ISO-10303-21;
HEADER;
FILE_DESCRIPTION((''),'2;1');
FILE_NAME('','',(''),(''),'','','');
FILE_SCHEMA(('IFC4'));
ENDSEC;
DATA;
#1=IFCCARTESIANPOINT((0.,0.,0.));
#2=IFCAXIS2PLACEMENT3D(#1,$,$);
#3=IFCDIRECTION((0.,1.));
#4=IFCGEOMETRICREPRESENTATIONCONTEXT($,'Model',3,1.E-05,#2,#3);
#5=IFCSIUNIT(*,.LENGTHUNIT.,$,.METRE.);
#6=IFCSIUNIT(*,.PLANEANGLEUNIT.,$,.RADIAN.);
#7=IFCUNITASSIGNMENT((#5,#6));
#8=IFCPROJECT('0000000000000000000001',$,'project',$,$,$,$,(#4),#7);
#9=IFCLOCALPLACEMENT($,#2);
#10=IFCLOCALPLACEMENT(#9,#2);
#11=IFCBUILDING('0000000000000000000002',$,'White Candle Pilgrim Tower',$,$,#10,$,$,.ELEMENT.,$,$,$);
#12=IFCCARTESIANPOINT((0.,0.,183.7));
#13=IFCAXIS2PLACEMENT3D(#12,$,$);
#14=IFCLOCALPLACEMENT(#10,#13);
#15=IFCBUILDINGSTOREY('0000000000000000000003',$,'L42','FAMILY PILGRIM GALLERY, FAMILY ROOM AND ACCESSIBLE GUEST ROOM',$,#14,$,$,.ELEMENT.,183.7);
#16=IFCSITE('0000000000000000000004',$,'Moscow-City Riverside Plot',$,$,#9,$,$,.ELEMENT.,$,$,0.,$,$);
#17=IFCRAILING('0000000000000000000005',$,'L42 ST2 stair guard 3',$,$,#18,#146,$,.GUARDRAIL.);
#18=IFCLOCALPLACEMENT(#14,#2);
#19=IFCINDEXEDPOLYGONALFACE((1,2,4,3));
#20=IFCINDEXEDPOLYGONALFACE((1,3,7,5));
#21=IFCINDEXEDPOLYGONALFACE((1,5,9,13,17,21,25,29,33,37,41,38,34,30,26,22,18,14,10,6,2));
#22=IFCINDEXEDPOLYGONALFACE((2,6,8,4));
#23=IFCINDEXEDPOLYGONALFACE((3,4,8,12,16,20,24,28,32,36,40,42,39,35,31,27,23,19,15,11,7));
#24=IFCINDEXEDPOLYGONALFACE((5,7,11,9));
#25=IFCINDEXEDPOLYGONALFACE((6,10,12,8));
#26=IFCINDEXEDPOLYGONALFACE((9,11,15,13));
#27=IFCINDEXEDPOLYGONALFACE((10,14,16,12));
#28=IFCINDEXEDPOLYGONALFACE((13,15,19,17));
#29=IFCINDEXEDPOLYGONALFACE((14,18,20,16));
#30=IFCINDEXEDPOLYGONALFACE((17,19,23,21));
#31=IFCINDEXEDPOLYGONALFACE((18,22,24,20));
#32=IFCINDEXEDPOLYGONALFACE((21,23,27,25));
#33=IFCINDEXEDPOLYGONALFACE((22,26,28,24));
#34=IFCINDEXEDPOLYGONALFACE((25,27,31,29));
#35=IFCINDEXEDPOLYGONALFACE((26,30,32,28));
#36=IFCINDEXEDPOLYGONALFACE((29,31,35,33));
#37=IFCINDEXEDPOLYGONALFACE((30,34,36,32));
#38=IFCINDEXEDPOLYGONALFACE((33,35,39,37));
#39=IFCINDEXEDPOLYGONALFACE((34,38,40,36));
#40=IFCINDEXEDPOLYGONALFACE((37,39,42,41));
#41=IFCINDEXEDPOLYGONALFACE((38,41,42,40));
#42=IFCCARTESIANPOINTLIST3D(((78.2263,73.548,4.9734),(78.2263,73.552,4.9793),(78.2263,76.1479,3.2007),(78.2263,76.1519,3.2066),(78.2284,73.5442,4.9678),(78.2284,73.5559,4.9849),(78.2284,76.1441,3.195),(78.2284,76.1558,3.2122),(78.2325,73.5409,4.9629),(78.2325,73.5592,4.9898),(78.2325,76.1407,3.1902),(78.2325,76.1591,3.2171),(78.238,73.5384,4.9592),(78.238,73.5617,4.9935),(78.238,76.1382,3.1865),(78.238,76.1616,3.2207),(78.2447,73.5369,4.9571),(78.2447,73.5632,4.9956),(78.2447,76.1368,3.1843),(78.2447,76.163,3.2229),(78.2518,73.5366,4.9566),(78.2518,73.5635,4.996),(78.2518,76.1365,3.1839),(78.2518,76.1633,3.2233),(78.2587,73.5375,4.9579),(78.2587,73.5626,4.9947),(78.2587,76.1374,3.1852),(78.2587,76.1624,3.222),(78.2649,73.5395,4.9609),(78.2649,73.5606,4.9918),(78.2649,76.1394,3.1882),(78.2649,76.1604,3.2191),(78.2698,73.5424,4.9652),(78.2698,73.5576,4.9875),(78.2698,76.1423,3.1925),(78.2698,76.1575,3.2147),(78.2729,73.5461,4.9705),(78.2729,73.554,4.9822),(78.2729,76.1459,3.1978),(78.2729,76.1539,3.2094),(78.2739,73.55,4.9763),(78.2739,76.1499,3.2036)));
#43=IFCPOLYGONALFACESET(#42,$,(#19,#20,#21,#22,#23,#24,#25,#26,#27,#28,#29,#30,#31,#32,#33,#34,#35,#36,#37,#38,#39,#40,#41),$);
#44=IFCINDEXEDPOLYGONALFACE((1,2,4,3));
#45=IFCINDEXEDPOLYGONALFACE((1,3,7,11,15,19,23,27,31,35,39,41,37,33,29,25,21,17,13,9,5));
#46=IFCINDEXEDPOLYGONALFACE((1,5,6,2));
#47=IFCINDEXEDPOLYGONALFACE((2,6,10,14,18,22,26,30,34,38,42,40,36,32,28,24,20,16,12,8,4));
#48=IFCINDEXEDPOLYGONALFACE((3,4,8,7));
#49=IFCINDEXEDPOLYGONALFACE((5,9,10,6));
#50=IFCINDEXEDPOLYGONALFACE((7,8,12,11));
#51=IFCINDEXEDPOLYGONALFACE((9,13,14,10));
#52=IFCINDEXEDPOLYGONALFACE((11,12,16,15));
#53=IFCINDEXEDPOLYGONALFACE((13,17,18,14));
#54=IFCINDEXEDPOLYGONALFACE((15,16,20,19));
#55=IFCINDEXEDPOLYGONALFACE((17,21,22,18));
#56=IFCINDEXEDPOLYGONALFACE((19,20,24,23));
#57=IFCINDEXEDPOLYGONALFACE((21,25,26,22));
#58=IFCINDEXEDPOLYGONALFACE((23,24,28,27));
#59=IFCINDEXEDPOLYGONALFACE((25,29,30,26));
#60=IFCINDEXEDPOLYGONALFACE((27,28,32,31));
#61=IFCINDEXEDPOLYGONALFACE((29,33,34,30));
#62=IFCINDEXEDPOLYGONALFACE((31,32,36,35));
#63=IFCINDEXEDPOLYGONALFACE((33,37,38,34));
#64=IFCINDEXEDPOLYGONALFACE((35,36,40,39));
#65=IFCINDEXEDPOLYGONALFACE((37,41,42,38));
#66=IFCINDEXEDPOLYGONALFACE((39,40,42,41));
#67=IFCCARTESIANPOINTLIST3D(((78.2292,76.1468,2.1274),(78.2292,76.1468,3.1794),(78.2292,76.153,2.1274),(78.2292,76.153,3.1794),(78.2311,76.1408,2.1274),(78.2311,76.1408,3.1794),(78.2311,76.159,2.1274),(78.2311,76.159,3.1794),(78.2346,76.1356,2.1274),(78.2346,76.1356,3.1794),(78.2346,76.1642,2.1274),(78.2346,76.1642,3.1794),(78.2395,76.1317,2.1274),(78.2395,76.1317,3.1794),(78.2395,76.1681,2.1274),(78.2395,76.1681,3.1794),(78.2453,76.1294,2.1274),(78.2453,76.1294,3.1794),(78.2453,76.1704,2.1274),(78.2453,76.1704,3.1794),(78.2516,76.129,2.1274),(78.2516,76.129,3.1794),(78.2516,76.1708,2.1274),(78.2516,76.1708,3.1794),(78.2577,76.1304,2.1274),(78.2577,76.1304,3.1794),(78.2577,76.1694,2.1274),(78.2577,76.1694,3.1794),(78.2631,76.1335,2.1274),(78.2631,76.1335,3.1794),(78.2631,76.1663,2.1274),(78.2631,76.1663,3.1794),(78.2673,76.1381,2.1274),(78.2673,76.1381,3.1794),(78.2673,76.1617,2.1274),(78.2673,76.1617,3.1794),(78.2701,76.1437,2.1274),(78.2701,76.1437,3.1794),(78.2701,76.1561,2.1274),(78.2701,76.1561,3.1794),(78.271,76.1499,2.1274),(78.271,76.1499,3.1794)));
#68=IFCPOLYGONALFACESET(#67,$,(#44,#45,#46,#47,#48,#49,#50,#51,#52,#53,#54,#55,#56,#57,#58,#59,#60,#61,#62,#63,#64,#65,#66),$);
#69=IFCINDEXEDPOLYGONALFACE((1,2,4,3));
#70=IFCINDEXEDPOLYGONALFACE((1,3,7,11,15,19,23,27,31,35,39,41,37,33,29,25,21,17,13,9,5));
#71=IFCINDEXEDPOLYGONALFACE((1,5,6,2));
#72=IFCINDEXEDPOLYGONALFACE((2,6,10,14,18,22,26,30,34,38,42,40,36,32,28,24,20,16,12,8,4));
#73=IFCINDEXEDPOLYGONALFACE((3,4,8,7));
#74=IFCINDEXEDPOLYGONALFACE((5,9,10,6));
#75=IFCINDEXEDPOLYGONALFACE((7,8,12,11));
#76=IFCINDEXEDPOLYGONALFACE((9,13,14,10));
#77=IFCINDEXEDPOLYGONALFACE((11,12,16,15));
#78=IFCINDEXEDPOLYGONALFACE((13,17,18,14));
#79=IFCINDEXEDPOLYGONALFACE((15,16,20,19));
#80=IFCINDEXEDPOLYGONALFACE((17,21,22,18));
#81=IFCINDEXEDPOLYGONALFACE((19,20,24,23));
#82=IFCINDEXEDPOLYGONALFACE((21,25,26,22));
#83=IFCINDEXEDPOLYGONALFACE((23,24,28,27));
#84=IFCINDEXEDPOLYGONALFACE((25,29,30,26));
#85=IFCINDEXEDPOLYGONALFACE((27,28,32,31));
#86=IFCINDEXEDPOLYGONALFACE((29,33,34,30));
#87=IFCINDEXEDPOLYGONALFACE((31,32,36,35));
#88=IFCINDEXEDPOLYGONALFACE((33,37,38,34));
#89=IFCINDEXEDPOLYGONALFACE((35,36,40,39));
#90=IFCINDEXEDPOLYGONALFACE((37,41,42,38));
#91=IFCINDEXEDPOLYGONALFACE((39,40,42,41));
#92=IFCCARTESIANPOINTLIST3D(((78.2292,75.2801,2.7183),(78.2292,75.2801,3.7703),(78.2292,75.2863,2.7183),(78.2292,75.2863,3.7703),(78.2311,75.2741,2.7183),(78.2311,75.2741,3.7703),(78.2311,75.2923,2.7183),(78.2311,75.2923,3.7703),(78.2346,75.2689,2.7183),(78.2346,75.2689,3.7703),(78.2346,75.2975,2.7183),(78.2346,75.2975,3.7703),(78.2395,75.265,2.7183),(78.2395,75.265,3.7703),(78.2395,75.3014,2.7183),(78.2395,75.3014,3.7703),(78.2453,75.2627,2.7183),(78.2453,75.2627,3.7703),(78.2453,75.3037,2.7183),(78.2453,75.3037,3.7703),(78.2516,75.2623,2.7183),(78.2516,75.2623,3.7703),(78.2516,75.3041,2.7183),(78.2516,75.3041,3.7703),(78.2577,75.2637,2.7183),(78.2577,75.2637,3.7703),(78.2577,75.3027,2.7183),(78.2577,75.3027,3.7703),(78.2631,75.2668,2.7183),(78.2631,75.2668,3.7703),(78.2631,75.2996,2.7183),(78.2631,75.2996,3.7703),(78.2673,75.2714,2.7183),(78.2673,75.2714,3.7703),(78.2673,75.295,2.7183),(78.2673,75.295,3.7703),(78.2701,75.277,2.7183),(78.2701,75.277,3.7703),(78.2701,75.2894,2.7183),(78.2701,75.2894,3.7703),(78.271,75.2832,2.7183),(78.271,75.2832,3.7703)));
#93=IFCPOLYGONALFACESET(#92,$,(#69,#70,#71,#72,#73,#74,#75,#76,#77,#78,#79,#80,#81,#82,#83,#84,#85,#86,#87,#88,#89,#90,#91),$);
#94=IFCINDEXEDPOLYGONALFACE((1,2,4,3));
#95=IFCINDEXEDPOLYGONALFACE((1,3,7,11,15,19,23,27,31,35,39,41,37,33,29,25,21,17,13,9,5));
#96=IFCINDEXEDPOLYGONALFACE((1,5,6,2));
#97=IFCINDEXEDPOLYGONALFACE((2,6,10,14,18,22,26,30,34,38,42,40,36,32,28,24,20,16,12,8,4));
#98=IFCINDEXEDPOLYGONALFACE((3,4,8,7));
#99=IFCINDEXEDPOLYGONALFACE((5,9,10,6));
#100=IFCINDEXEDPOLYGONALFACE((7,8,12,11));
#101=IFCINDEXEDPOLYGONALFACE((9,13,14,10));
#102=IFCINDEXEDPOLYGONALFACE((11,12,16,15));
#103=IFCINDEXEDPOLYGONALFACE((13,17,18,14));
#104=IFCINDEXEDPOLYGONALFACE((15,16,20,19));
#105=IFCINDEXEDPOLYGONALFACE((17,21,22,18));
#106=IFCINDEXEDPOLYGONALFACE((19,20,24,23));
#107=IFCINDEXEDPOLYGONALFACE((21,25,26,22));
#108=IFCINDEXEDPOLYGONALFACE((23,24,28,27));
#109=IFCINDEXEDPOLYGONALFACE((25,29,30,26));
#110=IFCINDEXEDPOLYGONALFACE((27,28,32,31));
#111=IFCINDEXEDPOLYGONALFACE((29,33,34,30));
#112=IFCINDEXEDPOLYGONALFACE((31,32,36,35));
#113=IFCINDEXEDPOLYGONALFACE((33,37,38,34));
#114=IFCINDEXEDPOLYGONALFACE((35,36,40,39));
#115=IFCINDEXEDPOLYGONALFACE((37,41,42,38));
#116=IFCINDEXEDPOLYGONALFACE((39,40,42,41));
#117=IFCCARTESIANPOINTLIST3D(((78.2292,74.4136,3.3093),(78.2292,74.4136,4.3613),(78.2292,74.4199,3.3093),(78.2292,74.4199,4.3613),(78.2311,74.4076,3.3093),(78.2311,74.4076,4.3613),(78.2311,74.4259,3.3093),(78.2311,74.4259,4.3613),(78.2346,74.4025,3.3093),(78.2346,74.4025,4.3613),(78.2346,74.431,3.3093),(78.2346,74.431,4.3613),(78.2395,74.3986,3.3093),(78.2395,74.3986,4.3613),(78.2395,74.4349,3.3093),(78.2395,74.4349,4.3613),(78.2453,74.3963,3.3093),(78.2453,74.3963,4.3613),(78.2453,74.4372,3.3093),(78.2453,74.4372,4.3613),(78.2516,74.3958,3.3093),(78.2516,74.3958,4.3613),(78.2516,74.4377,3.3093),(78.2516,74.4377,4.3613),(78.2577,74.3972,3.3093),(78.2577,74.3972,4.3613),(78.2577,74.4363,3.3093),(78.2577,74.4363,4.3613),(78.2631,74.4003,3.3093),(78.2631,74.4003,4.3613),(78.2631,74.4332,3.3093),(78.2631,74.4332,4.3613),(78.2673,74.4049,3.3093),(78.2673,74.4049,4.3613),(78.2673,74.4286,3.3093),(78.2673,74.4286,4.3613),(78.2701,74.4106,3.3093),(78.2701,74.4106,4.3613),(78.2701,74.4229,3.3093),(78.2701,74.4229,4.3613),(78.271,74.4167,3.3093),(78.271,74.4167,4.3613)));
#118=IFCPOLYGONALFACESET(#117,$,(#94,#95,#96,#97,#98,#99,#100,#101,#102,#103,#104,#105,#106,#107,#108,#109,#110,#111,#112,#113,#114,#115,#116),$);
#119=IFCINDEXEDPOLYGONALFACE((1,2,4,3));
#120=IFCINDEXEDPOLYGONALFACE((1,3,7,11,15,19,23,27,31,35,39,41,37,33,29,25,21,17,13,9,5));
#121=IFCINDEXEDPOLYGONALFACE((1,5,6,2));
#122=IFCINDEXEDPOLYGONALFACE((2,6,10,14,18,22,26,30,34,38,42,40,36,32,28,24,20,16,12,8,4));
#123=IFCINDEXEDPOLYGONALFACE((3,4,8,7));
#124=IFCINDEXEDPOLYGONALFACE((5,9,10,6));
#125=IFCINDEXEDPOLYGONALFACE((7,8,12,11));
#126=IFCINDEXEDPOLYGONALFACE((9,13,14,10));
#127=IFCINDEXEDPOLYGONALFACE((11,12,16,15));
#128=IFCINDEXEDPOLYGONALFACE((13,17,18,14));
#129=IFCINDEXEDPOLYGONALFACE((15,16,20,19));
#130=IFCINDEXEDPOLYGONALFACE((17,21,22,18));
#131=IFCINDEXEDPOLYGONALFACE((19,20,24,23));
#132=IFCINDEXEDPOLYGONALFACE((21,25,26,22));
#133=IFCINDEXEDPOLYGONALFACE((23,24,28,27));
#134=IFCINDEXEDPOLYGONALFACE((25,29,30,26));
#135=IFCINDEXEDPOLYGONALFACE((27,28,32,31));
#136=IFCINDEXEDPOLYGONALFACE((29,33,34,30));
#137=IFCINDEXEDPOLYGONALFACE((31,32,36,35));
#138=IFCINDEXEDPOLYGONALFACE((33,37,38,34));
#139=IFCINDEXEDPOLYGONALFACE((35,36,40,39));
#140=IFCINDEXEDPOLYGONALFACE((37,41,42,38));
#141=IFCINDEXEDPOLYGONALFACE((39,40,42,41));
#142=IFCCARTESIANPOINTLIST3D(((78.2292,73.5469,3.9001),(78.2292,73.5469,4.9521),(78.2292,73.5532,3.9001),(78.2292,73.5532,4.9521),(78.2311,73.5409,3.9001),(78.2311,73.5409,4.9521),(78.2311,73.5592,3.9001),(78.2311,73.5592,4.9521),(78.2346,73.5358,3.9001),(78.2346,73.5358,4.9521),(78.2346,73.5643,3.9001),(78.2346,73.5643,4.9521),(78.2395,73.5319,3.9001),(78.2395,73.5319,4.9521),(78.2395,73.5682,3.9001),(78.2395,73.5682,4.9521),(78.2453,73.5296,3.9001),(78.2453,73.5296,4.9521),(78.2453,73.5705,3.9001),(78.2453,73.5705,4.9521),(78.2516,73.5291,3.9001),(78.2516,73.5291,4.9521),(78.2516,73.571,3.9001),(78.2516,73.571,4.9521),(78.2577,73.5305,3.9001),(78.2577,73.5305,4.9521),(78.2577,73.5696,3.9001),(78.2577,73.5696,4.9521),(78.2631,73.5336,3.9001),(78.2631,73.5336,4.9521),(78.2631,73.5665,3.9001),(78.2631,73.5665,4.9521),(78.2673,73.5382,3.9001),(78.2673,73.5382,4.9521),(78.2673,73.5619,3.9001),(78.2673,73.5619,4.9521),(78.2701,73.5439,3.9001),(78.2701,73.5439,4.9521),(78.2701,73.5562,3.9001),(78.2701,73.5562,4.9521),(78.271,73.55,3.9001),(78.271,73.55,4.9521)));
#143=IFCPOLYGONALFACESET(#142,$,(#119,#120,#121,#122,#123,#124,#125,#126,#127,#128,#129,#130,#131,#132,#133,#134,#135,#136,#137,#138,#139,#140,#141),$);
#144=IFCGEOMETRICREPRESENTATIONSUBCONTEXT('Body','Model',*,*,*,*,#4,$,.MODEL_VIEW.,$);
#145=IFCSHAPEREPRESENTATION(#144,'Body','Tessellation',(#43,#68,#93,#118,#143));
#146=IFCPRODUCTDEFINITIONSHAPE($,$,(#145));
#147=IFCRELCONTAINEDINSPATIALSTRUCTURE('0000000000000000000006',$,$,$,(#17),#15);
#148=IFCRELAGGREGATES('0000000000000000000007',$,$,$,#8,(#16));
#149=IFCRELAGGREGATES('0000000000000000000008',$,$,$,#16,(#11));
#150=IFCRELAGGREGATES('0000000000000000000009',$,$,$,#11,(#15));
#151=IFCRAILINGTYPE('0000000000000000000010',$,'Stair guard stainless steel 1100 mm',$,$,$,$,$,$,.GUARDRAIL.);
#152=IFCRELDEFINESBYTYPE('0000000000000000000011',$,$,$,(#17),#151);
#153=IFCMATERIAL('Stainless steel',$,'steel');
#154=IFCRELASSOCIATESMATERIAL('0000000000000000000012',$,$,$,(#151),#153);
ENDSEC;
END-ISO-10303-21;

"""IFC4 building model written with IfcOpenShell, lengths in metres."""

from ifc_helpers import new_model, si_unit, direction, frame, origin, origin_2d, place, context, subcontext, project, spatial, circle, extrude, material, type_object, element, save


model = new_model("IFC4")

# Units and contexts
model_context = context("Model", 3, precision=1e-05, world=origin(), true_north=direction((0.0, 1.0)))
body_context = subcontext(model_context, "Body", "Model", "MODEL_VIEW")
ifc_project = project(units=[si_unit("LENGTHUNIT", "METRE"), si_unit("PLANEANGLEUNIT", "RADIAN")], contexts=[model_context])

# Site, building, storey
site_placement = place(None, origin())
site = spatial("IfcSite", under=ifc_project, at=site_placement, Name="Moscow-City Riverside Plot", CompositionType="ELEMENT", RefElevation=0.0)
building_placement = place(site_placement, origin())
building = spatial("IfcBuilding", under=site, at=building_placement, Name="White Candle Pilgrim Tower", CompositionType="ELEMENT")
storey_placement = place(building_placement, frame((0.0, 0.0, 183.7)))
storey = spatial("IfcBuildingStorey", under=building, at=storey_placement, Name="L42", Description="FAMILY PILGRIM GALLERY, FAMILY ROOM AND ACCESSIBLE GUEST ROOM", CompositionType="ELEMENT", Elevation=183.7)

# Railing
ifc_material_1 = material(Name="Stainless steel", Category="steel")
railing_type_1 = type_object("IfcRailingType", Name="Stair guard stainless steel 1100 mm", PredefinedType="GUARDRAIL", material=ifc_material_1)
railing_1_placement = place(storey_placement, frame((78.25, 76.1499, 2.1274)))
element("IfcRailing", 1, at=railing_1_placement, inside=storey, type_object=railing_type_1, Name="L42 ST2 stair guard 3", PredefinedType="GUARDRAIL", context=body_context, shape_type="SweptSolid", body=[
    extrude(circle(Radius=0.0239, at=origin_2d()), frame((0.0, 0.0, 1.0762), z_axis=(0.0, -0.826216, 0.563354), x_axis=(1.0, 0.0, 0.0)), (0.0, 0.0, 1.0), 3.1467),
    extrude(circle(Radius=0.021, at=origin_2d()), origin(), (0.0, 0.0, 1.0), 1.052),
    extrude(circle(Radius=0.021, at=origin_2d()), frame((0.0, -0.8667, 0.5908)), (0.0, 0.0, 1.0), 1.052),
    extrude(circle(Radius=0.021, at=origin_2d()), frame((0.0, -1.7332, 1.1819)), (0.0, 0.0, 1.0), 1.052),
    extrude(circle(Radius=0.021, at=origin_2d()), frame((0.0, -2.5999, 1.7727)), (0.0, 0.0, 1.0), 1.052),
])

save(model, "model.ifc")
